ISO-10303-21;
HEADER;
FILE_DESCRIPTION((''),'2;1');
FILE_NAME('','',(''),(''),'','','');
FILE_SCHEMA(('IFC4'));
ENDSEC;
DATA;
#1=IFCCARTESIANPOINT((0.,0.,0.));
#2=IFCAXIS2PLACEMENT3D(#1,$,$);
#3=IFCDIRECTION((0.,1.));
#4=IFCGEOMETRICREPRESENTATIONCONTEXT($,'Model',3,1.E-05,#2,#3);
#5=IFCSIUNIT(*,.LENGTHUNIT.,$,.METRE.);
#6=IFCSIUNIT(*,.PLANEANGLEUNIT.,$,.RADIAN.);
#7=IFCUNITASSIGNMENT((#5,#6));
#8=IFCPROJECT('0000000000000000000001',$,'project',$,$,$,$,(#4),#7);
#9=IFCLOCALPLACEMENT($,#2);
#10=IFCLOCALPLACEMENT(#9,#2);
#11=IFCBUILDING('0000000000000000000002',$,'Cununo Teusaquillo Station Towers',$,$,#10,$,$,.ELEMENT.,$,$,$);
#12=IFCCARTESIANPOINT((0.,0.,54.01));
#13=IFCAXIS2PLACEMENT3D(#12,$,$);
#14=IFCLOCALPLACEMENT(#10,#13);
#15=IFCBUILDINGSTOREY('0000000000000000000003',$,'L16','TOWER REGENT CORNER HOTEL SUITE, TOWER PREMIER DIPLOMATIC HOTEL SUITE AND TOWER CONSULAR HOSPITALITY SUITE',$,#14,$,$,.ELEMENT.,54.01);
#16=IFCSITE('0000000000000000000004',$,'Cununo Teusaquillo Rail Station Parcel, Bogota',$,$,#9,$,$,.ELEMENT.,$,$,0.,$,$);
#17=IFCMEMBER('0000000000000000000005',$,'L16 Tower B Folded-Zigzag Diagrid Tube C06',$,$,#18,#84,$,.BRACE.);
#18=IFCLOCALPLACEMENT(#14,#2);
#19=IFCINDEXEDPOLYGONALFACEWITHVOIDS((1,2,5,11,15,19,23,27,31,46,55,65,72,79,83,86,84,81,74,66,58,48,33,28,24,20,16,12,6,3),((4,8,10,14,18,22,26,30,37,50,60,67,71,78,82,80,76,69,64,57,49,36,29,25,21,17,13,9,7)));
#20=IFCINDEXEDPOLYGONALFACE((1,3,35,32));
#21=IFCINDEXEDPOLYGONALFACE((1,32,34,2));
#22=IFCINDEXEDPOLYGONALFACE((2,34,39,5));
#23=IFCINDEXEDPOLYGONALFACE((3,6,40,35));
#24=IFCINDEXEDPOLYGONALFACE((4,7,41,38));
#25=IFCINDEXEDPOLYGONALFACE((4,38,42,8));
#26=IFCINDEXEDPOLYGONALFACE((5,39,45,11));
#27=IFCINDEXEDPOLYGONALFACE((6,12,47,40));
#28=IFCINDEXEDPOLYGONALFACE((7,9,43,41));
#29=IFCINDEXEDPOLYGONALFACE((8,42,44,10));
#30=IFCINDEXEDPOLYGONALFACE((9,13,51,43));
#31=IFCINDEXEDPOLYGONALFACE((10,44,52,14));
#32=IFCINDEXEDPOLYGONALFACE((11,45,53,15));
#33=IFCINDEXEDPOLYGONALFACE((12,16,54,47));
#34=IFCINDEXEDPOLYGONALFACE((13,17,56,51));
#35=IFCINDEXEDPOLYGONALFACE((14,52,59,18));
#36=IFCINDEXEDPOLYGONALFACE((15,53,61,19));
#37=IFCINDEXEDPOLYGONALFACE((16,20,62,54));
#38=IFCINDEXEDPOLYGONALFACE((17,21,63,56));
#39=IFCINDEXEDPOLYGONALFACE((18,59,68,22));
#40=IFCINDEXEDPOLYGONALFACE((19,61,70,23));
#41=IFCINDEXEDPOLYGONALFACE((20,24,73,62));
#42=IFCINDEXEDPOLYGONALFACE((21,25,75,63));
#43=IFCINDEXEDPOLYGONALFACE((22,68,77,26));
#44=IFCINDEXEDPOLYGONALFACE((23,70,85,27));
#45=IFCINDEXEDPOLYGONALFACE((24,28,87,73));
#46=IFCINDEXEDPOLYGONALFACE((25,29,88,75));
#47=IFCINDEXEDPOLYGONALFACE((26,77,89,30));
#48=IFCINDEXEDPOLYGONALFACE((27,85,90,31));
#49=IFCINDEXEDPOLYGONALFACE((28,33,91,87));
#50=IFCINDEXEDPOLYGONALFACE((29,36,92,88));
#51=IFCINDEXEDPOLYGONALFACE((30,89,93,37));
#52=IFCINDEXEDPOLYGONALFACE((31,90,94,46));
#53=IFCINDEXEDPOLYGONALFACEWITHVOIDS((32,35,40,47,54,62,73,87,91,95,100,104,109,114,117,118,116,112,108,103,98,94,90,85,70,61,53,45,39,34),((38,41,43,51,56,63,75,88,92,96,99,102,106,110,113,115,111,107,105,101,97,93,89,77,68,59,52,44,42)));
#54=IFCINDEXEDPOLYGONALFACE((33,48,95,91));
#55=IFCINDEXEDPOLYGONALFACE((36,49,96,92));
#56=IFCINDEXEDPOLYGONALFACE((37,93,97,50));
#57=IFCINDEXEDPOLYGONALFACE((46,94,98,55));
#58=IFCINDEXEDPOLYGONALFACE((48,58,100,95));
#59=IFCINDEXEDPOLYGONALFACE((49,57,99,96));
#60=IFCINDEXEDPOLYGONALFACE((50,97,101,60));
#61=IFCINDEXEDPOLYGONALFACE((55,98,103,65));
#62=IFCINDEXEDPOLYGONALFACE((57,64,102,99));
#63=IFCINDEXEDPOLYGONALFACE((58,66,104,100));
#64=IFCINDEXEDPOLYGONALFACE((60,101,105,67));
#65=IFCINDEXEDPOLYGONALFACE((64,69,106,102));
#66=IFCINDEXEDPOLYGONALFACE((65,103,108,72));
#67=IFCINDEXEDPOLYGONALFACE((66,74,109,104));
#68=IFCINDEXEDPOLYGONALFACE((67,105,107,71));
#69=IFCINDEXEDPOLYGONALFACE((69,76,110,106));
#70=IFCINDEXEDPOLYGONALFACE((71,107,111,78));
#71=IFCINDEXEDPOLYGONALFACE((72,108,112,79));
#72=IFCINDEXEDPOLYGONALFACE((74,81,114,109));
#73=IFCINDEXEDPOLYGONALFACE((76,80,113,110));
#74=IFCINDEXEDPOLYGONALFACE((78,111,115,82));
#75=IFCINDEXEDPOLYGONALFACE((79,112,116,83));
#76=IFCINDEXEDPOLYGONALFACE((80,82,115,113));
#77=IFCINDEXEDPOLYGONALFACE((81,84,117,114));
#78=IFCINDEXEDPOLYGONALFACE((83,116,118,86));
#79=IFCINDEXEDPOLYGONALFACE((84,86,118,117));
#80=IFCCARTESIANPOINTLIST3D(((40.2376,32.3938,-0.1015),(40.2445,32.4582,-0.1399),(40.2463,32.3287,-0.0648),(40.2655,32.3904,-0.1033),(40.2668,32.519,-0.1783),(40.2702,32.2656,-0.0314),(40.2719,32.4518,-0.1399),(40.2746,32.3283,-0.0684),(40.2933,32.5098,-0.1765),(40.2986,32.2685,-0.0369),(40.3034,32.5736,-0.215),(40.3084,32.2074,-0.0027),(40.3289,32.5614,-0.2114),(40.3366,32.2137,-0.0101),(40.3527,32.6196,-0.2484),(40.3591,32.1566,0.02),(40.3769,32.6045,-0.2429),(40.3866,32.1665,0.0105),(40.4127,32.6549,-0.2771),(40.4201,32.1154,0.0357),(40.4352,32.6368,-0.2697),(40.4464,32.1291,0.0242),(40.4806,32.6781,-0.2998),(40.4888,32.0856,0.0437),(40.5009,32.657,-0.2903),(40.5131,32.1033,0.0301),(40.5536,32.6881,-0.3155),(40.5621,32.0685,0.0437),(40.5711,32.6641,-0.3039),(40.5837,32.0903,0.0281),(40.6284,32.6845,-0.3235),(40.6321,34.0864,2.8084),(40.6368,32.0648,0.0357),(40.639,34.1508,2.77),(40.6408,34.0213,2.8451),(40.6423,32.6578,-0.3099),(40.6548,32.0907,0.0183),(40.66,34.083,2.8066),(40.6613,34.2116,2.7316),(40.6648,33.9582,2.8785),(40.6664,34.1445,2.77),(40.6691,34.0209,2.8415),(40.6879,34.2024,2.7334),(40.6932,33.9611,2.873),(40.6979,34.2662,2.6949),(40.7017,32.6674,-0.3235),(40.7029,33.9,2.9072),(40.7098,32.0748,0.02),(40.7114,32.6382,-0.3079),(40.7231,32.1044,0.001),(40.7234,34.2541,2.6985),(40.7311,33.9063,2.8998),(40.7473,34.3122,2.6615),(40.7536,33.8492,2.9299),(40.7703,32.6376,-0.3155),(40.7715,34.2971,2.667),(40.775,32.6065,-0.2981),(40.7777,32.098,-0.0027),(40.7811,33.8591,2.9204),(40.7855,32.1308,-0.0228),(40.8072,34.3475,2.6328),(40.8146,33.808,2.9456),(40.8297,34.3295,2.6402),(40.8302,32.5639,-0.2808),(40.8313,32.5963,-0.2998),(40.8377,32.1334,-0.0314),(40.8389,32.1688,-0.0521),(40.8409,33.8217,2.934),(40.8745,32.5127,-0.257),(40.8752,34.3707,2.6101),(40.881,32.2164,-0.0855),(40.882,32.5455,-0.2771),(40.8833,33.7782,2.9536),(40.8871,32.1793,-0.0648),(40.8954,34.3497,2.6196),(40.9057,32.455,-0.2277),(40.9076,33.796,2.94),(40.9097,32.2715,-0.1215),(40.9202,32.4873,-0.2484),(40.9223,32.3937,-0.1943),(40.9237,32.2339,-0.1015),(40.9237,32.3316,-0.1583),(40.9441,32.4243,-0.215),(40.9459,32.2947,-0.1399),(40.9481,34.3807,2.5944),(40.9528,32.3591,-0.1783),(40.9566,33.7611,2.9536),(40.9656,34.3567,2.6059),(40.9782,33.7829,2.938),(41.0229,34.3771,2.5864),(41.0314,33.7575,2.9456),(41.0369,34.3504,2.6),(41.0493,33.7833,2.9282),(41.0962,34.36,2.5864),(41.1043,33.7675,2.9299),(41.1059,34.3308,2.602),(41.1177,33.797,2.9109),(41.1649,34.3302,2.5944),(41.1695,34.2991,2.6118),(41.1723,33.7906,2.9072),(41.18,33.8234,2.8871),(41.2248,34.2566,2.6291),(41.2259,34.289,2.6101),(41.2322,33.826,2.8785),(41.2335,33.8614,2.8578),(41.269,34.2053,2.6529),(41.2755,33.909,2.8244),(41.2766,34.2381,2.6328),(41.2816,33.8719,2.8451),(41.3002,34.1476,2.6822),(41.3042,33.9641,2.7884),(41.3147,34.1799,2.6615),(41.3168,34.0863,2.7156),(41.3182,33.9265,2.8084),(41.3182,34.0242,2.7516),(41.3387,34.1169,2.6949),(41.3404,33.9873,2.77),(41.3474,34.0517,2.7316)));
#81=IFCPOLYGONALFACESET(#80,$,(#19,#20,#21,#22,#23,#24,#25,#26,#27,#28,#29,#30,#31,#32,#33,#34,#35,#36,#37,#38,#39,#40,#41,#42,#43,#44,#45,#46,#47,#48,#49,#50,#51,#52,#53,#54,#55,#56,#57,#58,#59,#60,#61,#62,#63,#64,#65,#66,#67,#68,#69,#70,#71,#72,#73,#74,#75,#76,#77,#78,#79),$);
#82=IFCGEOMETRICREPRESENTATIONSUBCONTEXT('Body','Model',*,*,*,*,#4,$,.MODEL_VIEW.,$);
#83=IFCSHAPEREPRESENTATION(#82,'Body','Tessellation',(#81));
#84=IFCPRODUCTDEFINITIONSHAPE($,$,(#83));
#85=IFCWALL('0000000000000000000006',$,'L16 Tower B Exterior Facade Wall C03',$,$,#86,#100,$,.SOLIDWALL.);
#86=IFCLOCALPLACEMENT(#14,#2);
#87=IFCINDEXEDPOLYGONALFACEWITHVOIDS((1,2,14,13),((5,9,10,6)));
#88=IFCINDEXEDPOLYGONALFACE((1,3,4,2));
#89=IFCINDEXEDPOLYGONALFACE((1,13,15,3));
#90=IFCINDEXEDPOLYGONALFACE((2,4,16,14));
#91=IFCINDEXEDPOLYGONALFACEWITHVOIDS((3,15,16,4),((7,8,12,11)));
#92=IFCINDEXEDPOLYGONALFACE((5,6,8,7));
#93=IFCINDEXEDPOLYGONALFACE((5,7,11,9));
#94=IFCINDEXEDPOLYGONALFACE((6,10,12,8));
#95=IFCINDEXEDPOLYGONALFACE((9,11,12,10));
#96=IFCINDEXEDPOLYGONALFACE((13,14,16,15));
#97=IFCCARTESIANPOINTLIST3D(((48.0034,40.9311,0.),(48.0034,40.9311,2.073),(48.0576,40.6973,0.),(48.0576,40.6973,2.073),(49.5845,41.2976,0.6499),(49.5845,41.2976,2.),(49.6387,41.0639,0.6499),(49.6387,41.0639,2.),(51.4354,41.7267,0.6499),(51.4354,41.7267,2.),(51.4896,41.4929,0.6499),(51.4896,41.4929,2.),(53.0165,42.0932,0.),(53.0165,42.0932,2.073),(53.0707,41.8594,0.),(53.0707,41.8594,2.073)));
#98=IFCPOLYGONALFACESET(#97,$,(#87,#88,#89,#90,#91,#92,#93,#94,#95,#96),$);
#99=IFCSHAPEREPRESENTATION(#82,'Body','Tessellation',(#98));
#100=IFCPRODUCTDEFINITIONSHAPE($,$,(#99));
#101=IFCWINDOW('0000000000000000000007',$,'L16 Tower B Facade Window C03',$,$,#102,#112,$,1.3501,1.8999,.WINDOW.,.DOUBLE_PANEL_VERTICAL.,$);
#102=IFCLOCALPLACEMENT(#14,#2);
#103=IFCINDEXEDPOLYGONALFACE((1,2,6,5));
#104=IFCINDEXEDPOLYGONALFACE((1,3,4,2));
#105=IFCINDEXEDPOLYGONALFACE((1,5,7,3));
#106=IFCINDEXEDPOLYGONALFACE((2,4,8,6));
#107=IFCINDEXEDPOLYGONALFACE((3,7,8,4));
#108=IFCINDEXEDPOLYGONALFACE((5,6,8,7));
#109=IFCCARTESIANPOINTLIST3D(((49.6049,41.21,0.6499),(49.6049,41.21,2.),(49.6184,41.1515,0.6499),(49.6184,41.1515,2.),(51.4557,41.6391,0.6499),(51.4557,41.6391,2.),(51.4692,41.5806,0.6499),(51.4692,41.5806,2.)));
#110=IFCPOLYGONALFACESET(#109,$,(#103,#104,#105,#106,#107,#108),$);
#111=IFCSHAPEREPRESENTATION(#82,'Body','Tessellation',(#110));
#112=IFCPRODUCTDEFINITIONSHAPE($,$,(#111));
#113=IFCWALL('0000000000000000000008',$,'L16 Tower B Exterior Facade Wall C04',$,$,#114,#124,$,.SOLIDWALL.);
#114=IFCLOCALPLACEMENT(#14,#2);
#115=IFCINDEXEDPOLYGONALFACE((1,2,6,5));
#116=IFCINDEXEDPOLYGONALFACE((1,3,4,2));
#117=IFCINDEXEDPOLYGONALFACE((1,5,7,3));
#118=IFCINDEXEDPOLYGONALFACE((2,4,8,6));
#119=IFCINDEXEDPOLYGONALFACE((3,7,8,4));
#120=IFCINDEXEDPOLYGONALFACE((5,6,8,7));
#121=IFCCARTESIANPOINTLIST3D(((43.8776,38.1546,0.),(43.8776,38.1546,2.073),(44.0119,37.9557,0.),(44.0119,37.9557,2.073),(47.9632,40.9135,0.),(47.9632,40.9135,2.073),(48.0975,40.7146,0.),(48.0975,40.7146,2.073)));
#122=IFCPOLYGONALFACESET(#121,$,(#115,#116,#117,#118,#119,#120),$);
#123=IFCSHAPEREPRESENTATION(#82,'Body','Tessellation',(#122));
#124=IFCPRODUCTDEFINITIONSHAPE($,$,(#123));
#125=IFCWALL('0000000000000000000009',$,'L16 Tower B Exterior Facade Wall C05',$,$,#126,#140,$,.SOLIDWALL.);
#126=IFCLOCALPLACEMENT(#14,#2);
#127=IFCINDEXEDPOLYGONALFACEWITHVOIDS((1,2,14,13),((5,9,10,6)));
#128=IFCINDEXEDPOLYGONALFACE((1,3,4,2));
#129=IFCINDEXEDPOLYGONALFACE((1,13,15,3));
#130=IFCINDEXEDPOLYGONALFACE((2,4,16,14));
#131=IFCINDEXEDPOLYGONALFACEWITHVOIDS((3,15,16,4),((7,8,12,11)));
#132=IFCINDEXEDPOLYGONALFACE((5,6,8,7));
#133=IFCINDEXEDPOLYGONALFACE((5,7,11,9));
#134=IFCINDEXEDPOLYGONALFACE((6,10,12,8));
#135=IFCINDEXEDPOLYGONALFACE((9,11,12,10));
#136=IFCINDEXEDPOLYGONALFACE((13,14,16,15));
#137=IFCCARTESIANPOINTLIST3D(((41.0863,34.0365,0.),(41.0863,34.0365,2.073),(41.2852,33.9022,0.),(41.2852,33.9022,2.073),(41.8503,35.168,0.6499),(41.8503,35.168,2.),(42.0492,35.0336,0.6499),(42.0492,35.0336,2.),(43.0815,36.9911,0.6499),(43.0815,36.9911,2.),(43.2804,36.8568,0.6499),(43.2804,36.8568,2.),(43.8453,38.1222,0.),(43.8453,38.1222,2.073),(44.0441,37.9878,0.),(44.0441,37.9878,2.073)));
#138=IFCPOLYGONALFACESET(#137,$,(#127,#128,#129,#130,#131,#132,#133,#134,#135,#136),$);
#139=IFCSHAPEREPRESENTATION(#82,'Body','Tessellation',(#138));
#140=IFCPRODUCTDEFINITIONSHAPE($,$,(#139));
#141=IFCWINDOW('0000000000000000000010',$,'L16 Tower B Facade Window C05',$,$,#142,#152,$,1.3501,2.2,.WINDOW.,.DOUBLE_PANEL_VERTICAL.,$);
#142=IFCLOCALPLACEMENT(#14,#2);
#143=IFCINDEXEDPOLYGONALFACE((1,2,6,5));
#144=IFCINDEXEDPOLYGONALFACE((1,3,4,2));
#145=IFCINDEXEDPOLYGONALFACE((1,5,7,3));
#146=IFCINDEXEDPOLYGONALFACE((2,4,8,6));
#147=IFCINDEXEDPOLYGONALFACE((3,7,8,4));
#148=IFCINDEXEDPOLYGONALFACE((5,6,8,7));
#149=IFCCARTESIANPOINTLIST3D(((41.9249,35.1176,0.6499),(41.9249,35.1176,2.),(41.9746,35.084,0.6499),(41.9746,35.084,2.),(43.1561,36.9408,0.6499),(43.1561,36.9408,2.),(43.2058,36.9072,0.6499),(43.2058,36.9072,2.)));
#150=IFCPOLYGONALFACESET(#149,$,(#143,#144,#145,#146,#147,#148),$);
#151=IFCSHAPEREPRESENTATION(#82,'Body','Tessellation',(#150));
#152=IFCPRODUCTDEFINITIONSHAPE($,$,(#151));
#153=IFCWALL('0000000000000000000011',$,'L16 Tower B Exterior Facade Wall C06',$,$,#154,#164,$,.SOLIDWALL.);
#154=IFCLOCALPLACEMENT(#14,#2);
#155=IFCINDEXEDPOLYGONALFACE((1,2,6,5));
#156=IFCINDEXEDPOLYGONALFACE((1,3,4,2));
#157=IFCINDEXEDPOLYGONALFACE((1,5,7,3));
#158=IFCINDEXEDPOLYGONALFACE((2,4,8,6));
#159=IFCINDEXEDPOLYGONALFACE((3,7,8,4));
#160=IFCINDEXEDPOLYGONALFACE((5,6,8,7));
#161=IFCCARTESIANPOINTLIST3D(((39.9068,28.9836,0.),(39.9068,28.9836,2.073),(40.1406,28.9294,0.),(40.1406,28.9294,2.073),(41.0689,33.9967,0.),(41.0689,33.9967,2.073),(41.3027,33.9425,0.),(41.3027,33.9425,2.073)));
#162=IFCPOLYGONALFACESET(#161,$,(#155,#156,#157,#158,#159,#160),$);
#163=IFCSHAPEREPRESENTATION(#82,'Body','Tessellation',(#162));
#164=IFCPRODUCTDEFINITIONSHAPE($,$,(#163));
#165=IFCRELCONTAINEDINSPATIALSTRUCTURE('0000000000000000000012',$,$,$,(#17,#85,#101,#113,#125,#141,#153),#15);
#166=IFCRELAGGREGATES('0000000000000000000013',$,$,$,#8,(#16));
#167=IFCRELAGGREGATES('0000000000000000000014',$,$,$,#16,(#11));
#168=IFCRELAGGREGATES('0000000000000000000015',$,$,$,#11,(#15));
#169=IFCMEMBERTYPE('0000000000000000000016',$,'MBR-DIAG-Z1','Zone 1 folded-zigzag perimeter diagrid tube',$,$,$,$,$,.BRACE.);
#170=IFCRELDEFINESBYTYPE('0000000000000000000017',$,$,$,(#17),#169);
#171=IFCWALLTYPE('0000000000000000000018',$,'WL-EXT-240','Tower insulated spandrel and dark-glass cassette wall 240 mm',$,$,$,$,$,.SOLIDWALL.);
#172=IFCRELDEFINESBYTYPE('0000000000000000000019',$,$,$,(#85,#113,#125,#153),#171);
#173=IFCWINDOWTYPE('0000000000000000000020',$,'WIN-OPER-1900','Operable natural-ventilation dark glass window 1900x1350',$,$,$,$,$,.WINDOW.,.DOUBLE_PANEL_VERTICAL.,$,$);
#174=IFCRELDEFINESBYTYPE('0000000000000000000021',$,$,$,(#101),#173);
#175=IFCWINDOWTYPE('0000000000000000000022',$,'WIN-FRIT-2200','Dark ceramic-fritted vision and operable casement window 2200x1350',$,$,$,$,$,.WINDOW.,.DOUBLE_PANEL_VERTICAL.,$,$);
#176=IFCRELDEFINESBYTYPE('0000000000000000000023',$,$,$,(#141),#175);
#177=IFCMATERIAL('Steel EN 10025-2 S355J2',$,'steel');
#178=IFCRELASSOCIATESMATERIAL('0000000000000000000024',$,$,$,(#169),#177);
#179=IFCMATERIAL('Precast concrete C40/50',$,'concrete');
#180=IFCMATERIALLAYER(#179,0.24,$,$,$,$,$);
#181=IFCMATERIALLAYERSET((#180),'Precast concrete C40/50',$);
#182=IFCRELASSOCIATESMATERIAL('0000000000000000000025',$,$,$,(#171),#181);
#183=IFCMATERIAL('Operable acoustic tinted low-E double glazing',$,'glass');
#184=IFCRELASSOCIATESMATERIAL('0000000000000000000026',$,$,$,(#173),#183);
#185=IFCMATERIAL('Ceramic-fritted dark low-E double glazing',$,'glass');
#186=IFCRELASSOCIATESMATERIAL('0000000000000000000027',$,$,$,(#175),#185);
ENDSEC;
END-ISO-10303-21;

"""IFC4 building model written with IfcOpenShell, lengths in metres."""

from ifc_helpers import new_model, si_unit, direction, frame, frame_2d, origin, origin_2d, place, context, subcontext, project, spatial, rectangle, hollow_circle, extrude, source, transform, mapped, material, layer, layer_set, material_profile, profile_set, type_object, element, fill, save


model = new_model("IFC4")

# Units and contexts
model_context = context("Model", 3, precision=1e-05, world=origin(), true_north=direction((0.0, 1.0)))
body_context = subcontext(model_context, "Body", "Model", "MODEL_VIEW")
ifc_project = project(units=[si_unit("LENGTHUNIT", "METRE"), si_unit("PLANEANGLEUNIT", "RADIAN")], contexts=[model_context])

# Site, building, storey
site_placement = place(None, origin())
site = spatial("IfcSite", under=ifc_project, at=site_placement, Name="Cununo Teusaquillo Rail Station Parcel, Bogota", CompositionType="ELEMENT", RefElevation=0.0)
building_placement = place(site_placement, origin())
building = spatial("IfcBuilding", under=site, at=building_placement, Name="Cununo Teusaquillo Station Towers", CompositionType="ELEMENT")
storey_placement = place(building_placement, frame((0.0, 0.0, 54.01)))
storey = spatial("IfcBuildingStorey", under=building, at=storey_placement, Name="L16", Description="TOWER REGENT CORNER HOTEL SUITE, TOWER PREMIER DIPLOMATIC HOTEL SUITE AND TOWER CONSULAR HOSPITALITY SUITE", CompositionType="ELEMENT", Elevation=54.01)

# Member
ifc_material_1 = material(Name="Steel EN 10025-2 S355J2", Category="steel")
ifc_material_profile_1 = material_profile(ifc_material_1, hollow_circle(Radius=0.3601, WallThickness=0.0281, at=origin_2d()), Name="CHS 720x28")
ifc_profile_set_1 = profile_set([ifc_material_profile_1], Name="Steel EN 10025-2 S355J2")
member_type = type_object("IfcMemberType", Name="MBR-DIAG-Z1", Description="Zone 1 folded-zigzag perimeter diagrid tube", PredefinedType="BRACE", material=ifc_profile_set_1)
member_1_placement = place(storey_placement, frame((40.5952, 32.3765, -0.1399), z_axis=(0.116401, 0.499384, 0.858526), x_axis=(-0.973894, 0.227003, 0.0)))
element("IfcMember", 1, at=member_1_placement, inside=storey, type_object=member_type, Name="L16 Tower B Folded-Zigzag Diagrid Tube C06", PredefinedType="BRACE", context=body_context, shape_type="SweptSolid", body=[
    extrude(hollow_circle(Radius=0.3601, WallThickness=0.0281, at=origin_2d()), origin(), (0.0, 0.0, 1.0), 3.3894),
])

# Wall, opening, window
ifc_material_2 = material(Name="Precast concrete C40/50", Category="concrete")
ifc_layer_1 = layer(ifc_material_2, 0.24)
ifc_layer_set_1 = layer_set([ifc_layer_1], Name="Precast concrete C40/50")
wall_type_1 = type_object("IfcWallType", Name="WL-EXT-240", Description="Tower insulated spandrel and dark-glass cassette wall 240 mm", PredefinedType="SOLIDWALL", material=ifc_layer_set_1)
wall_1_placement = place(storey_placement, frame((48.0305, 40.8142, 0.0), z_axis=(0.0, 0.0, 1.0), x_axis=(0.974166, 0.225833, 0.0)))
wall_1 = element("IfcWall", 2, at=wall_1_placement, inside=storey, type_object=wall_type_1, Name="L16 Tower B Exterior Facade Wall C03", PredefinedType="SOLIDWALL", context=body_context, shape_type="SweptSolid", body=[
    extrude(rectangle(XDim=5.146, YDim=0.24, at=frame_2d((2.573, 0.0))), origin(), (0.0, 0.0, 1.0), 2.073),
])
shared_shape_1 = source(origin(), body_context, "Body", "SweptSolid", [
    extrude(rectangle(XDim=1.8999, YDim=1.3501, at=frame_2d((0.95, 0.675))), frame((0.0, 0.1299, 0.0), z_axis=(0.0, -1.0, 0.0), x_axis=(1.0, 0.0, 0.0)), (0.0, 0.0, 1.0), 0.26),
])
opening_1_placement = place(wall_1_placement, frame((1.623, 0.0, 0.6499)))
opening_1 = element("IfcOpeningElement", 3, at=opening_1_placement, cuts=wall_1, PredefinedType="OPENING", context=body_context, shape_type="MappedRepresentation", body=[
    mapped(shared_shape_1, transform((0.0, 0.0, 0.0), x_axis=(1.0, 0.0, 0.0), y_axis=(0.0, 1.0, 0.0), z_axis=(0.0, 0.0, 1.0), scale=1.0)),
])
ifc_material_3 = material(Name="Operable acoustic tinted low-E double glazing", Category="glass")
window_type_1 = type_object("IfcWindowType", Name="WIN-OPER-1900", Description="Operable natural-ventilation dark glass window 1900x1350", PartitioningType="DOUBLE_PANEL_VERTICAL", PredefinedType="WINDOW", material=ifc_material_3)
shared_shape_2 = source(origin(), body_context, "Body", "SweptSolid", [
    extrude(rectangle(XDim=1.8999, YDim=1.3501, at=frame_2d((0.95, 0.675))), frame((0.0, 0.03, 0.0), z_axis=(0.0, -1.0, 0.0), x_axis=(1.0, 0.0, 0.0)), (0.0, 0.0, 1.0), 0.0601),
])
window_1_placement = place(opening_1_placement, origin())
window_1 = element("IfcWindow", 4, at=window_1_placement, inside=storey, type_object=window_type_1, Name="L16 Tower B Facade Window C03", OverallHeight=1.3501, OverallWidth=1.8999, PartitioningType="DOUBLE_PANEL_VERTICAL", PredefinedType="WINDOW", context=body_context, shape_type="MappedRepresentation", body=[
    mapped(shared_shape_2, transform((0.0, 0.0, 0.0), x_axis=(1.0, 0.0, 0.0), y_axis=(0.0, 1.0, 0.0), z_axis=(0.0, 0.0, 1.0), scale=1.0)),
])
fill(opening_1, window_1)

# Wall
wall_2_placement = place(storey_placement, frame((43.9448, 38.0552, 0.0), z_axis=(0.0, 0.0, 1.0), x_axis=(0.828737, 0.559639, 0.0)))
element("IfcWall", 5, at=wall_2_placement, inside=storey, type_object=wall_type_1, Name="L16 Tower B Exterior Facade Wall C04", PredefinedType="SOLIDWALL", context=body_context, shape_type="SweptSolid", body=[
    extrude(rectangle(XDim=4.9299, YDim=0.24, at=frame_2d((2.4648, 0.0))), origin(), (0.0, 0.0, 1.0), 2.073),
])

# Wall, opening, window
wall_3_placement = place(storey_placement, frame((41.1858, 33.9695, 0.0), z_axis=(0.0, 0.0, 1.0), x_axis=(0.559639, 0.828737, 0.0)))
wall_3 = element("IfcWall", 6, at=wall_3_placement, inside=storey, type_object=wall_type_1, Name="L16 Tower B Exterior Facade Wall C05", PredefinedType="SOLIDWALL", context=body_context, shape_type="SweptSolid", body=[
    extrude(rectangle(XDim=4.9299, YDim=0.24, at=frame_2d((2.4648, 0.0))), origin(), (0.0, 0.0, 1.0), 2.073),
])
shared_shape_3 = source(origin(), body_context, "Body", "SweptSolid", [
    extrude(rectangle(XDim=2.2, YDim=1.3501, at=frame_2d((1.1001, 0.675))), frame((0.0, 0.1299, 0.0), z_axis=(0.0, -1.0, 0.0), x_axis=(1.0, 0.0, 0.0)), (0.0, 0.0, 1.0), 0.26),
])
opening_2_placement = place(wall_3_placement, frame((1.365, 0.0, 0.6499)))
opening_2 = element("IfcOpeningElement", 7, at=opening_2_placement, cuts=wall_3, PredefinedType="OPENING", context=body_context, shape_type="MappedRepresentation", body=[
    mapped(shared_shape_3, transform((0.0, 0.0, 0.0), x_axis=(1.0, 0.0, 0.0), y_axis=(0.0, 1.0, 0.0), z_axis=(0.0, 0.0, 1.0), scale=1.0)),
])
ifc_material_4 = material(Name="Ceramic-fritted dark low-E double glazing", Category="glass")
window_type_2 = type_object("IfcWindowType", Name="WIN-FRIT-2200", Description="Dark ceramic-fritted vision and operable casement window 2200x1350", PartitioningType="DOUBLE_PANEL_VERTICAL", PredefinedType="WINDOW", material=ifc_material_4)
shared_shape_4 = source(origin(), body_context, "Body", "SweptSolid", [
    extrude(rectangle(XDim=2.2, YDim=1.3501, at=frame_2d((1.1001, 0.675))), frame((0.0, 0.03, 0.0), z_axis=(0.0, -1.0, 0.0), x_axis=(1.0, 0.0, 0.0)), (0.0, 0.0, 1.0), 0.0601),
])
window_2_placement = place(opening_2_placement, origin())
window_2 = element("IfcWindow", 8, at=window_2_placement, inside=storey, type_object=window_type_2, Name="L16 Tower B Facade Window C05", OverallHeight=1.3501, OverallWidth=2.2, PartitioningType="DOUBLE_PANEL_VERTICAL", PredefinedType="WINDOW", context=body_context, shape_type="MappedRepresentation", body=[
    mapped(shared_shape_4, transform((0.0, 0.0, 0.0), x_axis=(1.0, 0.0, 0.0), y_axis=(0.0, 1.0, 0.0), z_axis=(0.0, 0.0, 1.0), scale=1.0)),
])
fill(opening_2, window_2)

# Wall
wall_4_placement = place(storey_placement, frame((40.0237, 28.9565, 0.0), z_axis=(0.0, 0.0, 1.0), x_axis=(0.225833, 0.974166, 0.0)))
element("IfcWall", 9, at=wall_4_placement, inside=storey, type_object=wall_type_1, Name="L16 Tower B Exterior Facade Wall C06", PredefinedType="SOLIDWALL", context=body_context, shape_type="SweptSolid", body=[
    extrude(rectangle(XDim=5.146, YDim=0.24, at=frame_2d((2.573, 0.0))), origin(), (0.0, 0.0, 1.0), 2.073),
])

save(model, "model.ifc")
